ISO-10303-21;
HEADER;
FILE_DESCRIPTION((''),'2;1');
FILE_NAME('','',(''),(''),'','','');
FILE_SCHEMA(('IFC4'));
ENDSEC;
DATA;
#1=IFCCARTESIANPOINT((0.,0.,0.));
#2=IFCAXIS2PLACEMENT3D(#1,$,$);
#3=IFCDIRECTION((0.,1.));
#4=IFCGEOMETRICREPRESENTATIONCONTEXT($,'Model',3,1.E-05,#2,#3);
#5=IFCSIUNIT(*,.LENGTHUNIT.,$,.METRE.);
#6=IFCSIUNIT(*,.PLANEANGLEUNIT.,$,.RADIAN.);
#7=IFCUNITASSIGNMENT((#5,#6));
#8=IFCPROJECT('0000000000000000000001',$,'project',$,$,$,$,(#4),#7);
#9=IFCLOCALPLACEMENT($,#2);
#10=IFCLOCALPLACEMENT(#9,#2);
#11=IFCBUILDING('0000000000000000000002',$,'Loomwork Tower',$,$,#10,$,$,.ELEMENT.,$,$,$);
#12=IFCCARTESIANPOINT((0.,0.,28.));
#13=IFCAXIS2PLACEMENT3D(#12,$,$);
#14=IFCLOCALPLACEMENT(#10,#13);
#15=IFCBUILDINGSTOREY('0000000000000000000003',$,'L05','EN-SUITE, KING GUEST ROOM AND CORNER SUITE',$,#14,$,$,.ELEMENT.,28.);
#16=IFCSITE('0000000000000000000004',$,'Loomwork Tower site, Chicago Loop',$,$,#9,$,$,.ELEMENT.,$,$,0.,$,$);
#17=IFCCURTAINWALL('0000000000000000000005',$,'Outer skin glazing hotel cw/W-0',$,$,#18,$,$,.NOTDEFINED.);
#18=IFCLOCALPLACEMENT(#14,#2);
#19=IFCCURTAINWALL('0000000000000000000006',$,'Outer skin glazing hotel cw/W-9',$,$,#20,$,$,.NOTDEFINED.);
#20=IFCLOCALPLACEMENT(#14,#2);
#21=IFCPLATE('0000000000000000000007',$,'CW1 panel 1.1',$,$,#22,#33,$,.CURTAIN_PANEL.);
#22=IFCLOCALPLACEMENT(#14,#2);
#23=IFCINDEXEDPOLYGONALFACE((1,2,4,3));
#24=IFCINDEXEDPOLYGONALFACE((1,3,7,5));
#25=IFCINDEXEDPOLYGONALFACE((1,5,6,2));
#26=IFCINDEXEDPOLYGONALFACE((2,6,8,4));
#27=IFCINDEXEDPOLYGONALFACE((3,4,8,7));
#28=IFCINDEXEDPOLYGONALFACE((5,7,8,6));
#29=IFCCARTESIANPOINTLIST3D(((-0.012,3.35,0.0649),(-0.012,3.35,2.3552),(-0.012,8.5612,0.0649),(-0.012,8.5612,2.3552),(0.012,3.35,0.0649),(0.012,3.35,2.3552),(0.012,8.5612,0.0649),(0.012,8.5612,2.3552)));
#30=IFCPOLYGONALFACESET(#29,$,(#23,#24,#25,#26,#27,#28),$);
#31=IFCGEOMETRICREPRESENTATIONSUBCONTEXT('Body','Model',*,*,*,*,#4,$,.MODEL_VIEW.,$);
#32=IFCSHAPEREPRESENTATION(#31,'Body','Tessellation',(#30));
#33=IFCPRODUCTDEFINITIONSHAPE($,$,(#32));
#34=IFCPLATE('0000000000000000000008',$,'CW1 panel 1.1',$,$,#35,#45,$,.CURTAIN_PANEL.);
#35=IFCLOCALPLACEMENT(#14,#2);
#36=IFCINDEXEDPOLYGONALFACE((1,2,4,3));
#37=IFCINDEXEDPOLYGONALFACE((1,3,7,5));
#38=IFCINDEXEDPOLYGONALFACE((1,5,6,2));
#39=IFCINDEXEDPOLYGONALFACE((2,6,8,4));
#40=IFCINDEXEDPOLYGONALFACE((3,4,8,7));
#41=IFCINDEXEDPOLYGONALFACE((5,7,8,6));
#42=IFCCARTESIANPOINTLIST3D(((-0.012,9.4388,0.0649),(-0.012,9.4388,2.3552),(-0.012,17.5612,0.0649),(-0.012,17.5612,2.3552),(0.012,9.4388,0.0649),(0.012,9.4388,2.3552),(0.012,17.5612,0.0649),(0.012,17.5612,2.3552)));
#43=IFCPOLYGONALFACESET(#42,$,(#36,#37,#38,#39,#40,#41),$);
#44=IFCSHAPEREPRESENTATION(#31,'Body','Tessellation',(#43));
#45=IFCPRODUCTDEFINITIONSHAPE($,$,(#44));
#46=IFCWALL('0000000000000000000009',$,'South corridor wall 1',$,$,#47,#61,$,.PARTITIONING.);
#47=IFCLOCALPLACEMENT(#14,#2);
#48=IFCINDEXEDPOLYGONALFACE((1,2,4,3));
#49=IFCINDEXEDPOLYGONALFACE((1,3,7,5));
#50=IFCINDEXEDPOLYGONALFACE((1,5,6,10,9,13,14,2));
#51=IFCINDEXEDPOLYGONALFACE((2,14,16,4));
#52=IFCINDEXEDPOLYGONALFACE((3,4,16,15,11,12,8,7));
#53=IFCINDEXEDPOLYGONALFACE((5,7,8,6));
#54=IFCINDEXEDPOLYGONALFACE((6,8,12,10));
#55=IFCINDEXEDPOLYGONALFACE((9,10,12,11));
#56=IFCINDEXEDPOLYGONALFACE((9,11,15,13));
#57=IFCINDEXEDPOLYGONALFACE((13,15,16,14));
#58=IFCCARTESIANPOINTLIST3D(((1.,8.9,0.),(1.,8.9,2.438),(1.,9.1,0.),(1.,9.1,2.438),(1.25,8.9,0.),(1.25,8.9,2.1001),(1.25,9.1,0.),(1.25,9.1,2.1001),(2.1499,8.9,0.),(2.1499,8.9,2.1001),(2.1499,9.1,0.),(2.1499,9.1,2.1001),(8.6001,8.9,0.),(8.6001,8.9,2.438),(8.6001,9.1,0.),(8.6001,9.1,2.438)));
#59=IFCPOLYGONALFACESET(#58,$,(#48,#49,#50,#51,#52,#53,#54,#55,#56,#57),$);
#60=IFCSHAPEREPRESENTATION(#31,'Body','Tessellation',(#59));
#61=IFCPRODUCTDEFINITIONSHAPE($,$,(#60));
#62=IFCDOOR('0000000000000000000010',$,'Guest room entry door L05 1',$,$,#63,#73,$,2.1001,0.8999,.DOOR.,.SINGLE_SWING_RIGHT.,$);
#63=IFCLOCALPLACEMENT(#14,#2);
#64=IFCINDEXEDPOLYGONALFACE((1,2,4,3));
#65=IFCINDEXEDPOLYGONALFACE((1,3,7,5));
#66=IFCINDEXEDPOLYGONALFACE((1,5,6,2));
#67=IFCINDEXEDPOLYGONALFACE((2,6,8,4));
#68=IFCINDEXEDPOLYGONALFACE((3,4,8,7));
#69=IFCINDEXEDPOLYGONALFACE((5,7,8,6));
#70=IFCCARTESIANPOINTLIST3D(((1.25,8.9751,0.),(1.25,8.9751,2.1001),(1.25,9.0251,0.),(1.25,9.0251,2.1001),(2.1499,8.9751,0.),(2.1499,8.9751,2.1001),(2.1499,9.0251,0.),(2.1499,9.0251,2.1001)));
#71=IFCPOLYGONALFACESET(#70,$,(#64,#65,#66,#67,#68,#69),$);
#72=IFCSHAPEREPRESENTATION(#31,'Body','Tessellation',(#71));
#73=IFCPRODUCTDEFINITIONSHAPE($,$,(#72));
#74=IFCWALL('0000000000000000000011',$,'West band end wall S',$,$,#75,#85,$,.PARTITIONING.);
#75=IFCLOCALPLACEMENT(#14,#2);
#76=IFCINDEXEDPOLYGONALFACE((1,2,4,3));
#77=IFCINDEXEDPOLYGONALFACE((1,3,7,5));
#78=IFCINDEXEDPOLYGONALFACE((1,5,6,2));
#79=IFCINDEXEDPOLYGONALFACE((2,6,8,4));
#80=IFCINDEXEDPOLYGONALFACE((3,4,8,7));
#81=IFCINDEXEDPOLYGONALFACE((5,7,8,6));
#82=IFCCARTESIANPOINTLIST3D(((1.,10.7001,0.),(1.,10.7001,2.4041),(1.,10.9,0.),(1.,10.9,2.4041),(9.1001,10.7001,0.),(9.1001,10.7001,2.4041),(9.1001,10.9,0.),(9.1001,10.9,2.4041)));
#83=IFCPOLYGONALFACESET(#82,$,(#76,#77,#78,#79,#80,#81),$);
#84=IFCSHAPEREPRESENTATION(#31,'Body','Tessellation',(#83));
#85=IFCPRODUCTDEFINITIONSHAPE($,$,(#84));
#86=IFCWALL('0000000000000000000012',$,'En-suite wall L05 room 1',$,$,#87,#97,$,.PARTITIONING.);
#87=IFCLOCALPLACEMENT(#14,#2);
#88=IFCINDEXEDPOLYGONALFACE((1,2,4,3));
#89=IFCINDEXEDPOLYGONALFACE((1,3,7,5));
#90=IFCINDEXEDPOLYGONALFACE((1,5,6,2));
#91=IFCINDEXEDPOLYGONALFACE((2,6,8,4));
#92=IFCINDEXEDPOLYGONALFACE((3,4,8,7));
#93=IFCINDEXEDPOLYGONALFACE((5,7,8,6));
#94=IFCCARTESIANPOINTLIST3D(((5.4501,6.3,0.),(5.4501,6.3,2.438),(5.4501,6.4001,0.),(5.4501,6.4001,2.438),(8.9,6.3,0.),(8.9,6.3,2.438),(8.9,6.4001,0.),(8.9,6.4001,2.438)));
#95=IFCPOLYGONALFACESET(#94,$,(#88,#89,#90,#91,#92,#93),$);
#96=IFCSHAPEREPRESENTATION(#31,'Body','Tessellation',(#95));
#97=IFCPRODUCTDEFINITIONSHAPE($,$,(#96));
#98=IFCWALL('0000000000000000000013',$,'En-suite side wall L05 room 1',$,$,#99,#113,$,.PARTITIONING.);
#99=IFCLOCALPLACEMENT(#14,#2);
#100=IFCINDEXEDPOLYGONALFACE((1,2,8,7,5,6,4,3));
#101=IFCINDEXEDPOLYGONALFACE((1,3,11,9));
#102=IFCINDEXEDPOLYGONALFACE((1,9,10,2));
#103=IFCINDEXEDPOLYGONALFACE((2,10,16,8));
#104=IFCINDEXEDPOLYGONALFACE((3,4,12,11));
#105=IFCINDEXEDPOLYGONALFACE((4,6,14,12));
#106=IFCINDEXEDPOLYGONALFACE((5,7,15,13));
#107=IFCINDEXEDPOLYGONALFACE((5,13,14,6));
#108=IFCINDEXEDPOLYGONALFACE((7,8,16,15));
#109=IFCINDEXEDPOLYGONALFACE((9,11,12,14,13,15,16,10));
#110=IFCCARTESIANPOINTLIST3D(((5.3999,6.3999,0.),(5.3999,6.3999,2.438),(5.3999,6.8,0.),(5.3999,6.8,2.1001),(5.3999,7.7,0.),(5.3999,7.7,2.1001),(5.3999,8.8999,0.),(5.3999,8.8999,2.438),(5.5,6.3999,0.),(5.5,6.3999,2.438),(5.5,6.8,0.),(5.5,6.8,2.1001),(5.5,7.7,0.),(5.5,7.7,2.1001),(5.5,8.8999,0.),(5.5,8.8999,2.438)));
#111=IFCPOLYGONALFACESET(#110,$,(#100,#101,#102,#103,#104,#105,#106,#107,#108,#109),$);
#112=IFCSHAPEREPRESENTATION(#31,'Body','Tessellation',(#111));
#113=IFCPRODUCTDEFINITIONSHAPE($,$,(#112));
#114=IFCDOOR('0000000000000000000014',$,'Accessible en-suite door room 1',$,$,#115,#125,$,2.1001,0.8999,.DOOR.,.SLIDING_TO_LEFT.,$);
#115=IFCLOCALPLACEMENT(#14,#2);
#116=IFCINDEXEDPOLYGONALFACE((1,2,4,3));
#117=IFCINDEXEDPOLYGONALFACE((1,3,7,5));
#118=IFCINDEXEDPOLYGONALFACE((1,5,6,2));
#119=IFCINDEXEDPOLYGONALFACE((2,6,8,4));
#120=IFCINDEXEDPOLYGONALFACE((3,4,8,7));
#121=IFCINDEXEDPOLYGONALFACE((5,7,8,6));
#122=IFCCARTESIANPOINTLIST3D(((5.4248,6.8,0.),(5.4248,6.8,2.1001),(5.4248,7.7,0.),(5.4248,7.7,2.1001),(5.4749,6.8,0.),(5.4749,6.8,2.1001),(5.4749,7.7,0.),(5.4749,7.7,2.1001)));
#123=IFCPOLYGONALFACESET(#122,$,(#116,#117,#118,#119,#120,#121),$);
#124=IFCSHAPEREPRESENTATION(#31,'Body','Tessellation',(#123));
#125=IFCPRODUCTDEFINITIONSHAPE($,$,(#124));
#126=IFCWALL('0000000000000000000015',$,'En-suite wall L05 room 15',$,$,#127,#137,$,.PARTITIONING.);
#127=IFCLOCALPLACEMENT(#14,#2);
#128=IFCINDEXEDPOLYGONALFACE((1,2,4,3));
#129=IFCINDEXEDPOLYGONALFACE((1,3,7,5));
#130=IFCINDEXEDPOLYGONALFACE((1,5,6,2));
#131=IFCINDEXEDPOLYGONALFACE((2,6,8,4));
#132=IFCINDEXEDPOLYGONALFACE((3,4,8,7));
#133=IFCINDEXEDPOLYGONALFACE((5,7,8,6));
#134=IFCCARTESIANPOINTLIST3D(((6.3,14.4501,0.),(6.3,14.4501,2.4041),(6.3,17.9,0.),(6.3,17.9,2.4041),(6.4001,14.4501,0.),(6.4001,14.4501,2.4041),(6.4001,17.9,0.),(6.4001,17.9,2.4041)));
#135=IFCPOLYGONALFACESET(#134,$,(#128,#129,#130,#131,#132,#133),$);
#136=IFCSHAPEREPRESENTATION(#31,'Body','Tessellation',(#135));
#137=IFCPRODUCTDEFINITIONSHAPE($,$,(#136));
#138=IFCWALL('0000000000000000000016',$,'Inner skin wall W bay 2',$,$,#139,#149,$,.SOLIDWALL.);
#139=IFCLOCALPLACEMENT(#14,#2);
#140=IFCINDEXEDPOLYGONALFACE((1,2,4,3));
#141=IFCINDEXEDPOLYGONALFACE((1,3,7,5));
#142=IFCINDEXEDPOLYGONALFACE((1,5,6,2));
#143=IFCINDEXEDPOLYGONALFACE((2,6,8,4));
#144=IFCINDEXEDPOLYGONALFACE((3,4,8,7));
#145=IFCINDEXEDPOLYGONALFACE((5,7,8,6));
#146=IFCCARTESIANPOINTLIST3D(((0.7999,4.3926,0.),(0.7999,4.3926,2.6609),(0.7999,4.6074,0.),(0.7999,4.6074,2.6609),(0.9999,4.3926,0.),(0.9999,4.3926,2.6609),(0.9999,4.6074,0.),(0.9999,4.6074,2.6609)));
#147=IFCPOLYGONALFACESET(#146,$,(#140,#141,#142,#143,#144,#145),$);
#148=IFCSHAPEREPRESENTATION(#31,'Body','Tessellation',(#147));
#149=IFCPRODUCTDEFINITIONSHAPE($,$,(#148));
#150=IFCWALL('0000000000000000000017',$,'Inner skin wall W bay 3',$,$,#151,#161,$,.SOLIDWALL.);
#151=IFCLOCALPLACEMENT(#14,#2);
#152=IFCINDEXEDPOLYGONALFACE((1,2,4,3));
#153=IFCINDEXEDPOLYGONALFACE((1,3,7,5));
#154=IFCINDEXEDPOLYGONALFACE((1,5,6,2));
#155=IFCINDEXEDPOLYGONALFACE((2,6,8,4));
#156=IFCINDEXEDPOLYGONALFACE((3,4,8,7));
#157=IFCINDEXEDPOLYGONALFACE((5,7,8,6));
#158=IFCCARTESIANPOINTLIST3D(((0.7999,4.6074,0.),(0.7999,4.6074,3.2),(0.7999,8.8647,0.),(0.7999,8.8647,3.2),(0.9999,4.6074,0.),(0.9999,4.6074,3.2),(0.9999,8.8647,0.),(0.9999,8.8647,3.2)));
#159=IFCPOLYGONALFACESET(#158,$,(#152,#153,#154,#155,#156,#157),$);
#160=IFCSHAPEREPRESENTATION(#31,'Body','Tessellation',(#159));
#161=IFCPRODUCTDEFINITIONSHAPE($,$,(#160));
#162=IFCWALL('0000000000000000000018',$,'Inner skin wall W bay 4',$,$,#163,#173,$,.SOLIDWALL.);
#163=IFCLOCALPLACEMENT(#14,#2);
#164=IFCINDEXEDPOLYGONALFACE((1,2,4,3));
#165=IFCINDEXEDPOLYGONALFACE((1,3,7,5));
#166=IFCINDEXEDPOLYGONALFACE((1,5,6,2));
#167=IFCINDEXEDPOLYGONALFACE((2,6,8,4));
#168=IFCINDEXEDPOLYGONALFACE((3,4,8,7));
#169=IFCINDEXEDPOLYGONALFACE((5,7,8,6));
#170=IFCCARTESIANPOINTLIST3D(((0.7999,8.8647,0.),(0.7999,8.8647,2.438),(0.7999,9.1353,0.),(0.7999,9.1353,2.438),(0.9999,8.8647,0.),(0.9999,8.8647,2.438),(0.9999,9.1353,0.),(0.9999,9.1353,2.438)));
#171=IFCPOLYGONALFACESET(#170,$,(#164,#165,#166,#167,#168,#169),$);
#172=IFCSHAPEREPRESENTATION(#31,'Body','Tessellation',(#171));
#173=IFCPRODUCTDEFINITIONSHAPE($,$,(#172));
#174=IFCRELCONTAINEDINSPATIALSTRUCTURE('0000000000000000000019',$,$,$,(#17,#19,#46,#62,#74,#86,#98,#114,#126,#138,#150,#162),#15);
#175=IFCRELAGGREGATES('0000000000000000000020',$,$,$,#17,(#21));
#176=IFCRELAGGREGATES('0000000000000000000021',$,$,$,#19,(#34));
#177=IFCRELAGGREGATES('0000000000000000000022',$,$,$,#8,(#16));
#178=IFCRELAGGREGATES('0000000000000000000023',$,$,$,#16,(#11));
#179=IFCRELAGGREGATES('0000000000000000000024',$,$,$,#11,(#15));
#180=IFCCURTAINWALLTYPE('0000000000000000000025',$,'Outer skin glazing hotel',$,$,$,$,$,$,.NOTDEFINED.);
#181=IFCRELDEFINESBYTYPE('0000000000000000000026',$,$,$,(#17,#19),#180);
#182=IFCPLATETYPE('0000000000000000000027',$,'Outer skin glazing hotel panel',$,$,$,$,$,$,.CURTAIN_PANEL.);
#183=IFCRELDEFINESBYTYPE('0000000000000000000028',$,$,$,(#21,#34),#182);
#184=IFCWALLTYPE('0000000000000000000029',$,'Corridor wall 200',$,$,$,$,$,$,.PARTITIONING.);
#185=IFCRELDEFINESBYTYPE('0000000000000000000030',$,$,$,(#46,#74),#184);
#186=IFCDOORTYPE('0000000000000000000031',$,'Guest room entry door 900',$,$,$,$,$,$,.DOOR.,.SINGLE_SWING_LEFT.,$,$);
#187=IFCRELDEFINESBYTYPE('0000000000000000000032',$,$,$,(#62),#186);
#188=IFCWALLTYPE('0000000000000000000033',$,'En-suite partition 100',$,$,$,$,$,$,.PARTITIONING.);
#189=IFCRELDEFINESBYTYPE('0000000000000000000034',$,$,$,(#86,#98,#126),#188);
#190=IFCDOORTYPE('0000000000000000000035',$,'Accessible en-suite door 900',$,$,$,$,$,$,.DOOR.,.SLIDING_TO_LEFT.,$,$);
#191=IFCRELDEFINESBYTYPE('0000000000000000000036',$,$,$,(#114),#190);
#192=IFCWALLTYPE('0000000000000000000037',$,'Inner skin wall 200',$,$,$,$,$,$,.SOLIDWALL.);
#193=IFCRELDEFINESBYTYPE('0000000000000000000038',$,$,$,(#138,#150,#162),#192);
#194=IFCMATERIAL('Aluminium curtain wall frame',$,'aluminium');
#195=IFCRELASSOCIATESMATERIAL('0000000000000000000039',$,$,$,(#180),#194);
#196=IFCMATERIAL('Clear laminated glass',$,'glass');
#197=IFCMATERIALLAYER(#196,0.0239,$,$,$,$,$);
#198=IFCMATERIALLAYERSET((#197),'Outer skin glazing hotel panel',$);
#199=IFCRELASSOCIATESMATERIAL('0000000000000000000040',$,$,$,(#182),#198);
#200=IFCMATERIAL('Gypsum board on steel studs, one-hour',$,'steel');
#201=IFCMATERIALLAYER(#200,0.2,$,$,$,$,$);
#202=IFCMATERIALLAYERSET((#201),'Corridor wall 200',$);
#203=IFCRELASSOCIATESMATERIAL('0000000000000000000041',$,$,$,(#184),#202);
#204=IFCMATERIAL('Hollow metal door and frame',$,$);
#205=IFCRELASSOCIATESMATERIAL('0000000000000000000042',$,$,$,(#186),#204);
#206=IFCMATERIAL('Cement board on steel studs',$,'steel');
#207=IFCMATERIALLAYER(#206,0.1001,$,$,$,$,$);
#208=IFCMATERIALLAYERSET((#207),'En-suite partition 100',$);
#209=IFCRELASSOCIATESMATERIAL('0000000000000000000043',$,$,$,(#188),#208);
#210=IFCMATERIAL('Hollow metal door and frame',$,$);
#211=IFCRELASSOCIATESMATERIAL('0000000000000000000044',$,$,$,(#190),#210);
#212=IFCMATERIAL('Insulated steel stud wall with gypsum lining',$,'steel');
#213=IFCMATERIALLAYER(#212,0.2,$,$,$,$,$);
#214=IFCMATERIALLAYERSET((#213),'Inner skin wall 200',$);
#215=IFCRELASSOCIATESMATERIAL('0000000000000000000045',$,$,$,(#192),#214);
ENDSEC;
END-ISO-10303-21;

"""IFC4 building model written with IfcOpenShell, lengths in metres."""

from ifc_helpers import new_model, si_unit, direction, frame, frame_2d, origin, origin_2d, place, context, subcontext, project, spatial, rectangle, extrude, material, layer, layer_set, type_object, element, fill, aggregate, save


model = new_model("IFC4")

# Units and contexts
model_context = context("Model", 3, precision=1e-05, world=origin(), true_north=direction((0.0, 1.0)))
body_context = subcontext(model_context, "Body", "Model", "MODEL_VIEW")
ifc_project = project(units=[si_unit("LENGTHUNIT", "METRE"), si_unit("PLANEANGLEUNIT", "RADIAN")], contexts=[model_context])

# Site, building, storey
site_placement = place(None, origin())
site = spatial("IfcSite", under=ifc_project, at=site_placement, Name="Loomwork Tower site, Chicago Loop", CompositionType="ELEMENT", RefElevation=0.0)
building_placement = place(site_placement, origin())
building = spatial("IfcBuilding", under=site, at=building_placement, Name="Loomwork Tower", CompositionType="ELEMENT")
storey_placement = place(building_placement, frame((0.0, 0.0, 28.0)))
storey = spatial("IfcBuildingStorey", under=building, at=storey_placement, Name="L05", Description="EN-SUITE, KING GUEST ROOM AND CORNER SUITE", CompositionType="ELEMENT", Elevation=28.0)

# Curtain wall
ifc_material_1 = material(Name="Aluminium curtain wall frame", Category="aluminium")
curtain_wall_type = type_object("IfcCurtainWallType", Name="Outer skin glazing hotel", PredefinedType="NOTDEFINED", material=ifc_material_1)
curtain_wall_1_placement = place(storey_placement, origin())
curtain_wall_1 = element("IfcCurtainWall", 1, at=curtain_wall_1_placement, inside=storey, type_object=curtain_wall_type, Name="Outer skin glazing hotel cw/W-0", PredefinedType="NOTDEFINED")

# Curtain wall
curtain_wall_2_placement = place(storey_placement, origin())
curtain_wall_2 = element("IfcCurtainWall", 2, at=curtain_wall_2_placement, inside=storey, type_object=curtain_wall_type, Name="Outer skin glazing hotel cw/W-9", PredefinedType="NOTDEFINED")

# Plates
ifc_material_2 = material(Name="Clear laminated glass", Category="glass")
ifc_layer_1 = layer(ifc_material_2, 0.0239)
ifc_layer_set_1 = layer_set([ifc_layer_1], Name="Outer skin glazing hotel panel")
plate_type = type_object("IfcPlateType", Name="Outer skin glazing hotel panel", PredefinedType="CURTAIN_PANEL", material=ifc_layer_set_1)
plate_1_placement = place(storey_placement, frame((0.0, 5.9556, 0.0649), z_axis=(0.0, 0.0, 1.0), x_axis=(0.0, -1.0, 0.0)))
plate_1 = element("IfcPlate", 3, at=plate_1_placement, type_object=plate_type, Name="CW1 panel 1.1", PredefinedType="CURTAIN_PANEL", context=body_context, shape_type="SweptSolid", body=[
    extrude(rectangle(XDim=5.2112, YDim=0.0239, at=origin_2d()), origin(), (0.0, 0.0, 1.0), 2.2903),
])
aggregate(curtain_wall_1, [plate_1])
plate_2_placement = place(storey_placement, frame((0.0, 13.5, 0.0649), z_axis=(0.0, 0.0, 1.0), x_axis=(0.0, -1.0, 0.0)))
plate_2 = element("IfcPlate", 4, at=plate_2_placement, type_object=plate_type, Name="CW1 panel 1.1", PredefinedType="CURTAIN_PANEL", context=body_context, shape_type="SweptSolid", body=[
    extrude(rectangle(XDim=8.1223, YDim=0.0239, at=origin_2d()), origin(), (0.0, 0.0, 1.0), 2.2903),
])
aggregate(curtain_wall_2, [plate_2])

# Wall, opening, door
ifc_material_3 = material(Name="Gypsum board on steel studs, one-hour", Category="steel")
ifc_layer_2 = layer(ifc_material_3, 0.2)
ifc_layer_set_2 = layer_set([ifc_layer_2], Name="Corridor wall 200")
wall_type_1 = type_object("IfcWallType", Name="Corridor wall 200", PredefinedType="PARTITIONING", material=ifc_layer_set_2)
wall_1_placement = place(storey_placement, frame((1.0, 9.0, 0.0), z_axis=(0.0, 0.0, 1.0), x_axis=(1.0, 0.0, 0.0)))
wall_1 = element("IfcWall", 5, at=wall_1_placement, inside=storey, type_object=wall_type_1, Name="South corridor wall 1", PredefinedType="PARTITIONING", context=body_context, shape_type="SweptSolid", body=[
    extrude(rectangle(XDim=7.6001, YDim=0.2, at=frame_2d((3.8, 0.0))), origin(), (0.0, 0.0, 1.0), 2.438),
])
opening_1_placement = place(wall_1_placement, frame((0.25, 0.0, 0.0)))
opening_1 = element("IfcOpeningElement", 6, at=opening_1_placement, cuts=wall_1, PredefinedType="OPENING", context=body_context, shape_type="SweptSolid", body=[
    extrude(rectangle(XDim=0.8999, YDim=2.1001, at=frame_2d((0.45, 1.05))), frame((0.0, 0.1099, 0.0), z_axis=(0.0, -1.0, 0.0), x_axis=(1.0, 0.0, 0.0)), (0.0, 0.0, 1.0), 0.22),
])
ifc_material_4 = material(Name="Hollow metal door and frame")
door_type_1 = type_object("IfcDoorType", Name="Guest room entry door 900", OperationType="SINGLE_SWING_LEFT", PredefinedType="DOOR", material=ifc_material_4)
door_1_placement = place(opening_1_placement, frame((0.8999, 0.0, 0.0), z_axis=(0.0, 0.0, 1.0), x_axis=(-1.0, 0.0, 0.0)))
door_1 = element("IfcDoor", 7, at=door_1_placement, inside=storey, type_object=door_type_1, Name="Guest room entry door L05 1", OperationType="SINGLE_SWING_RIGHT", OverallHeight=2.1001, OverallWidth=0.8999, PredefinedType="DOOR", context=body_context, shape_type="SweptSolid", body=[
    extrude(rectangle(XDim=0.8999, YDim=2.1001, at=frame_2d((0.45, 1.05))), frame((0.0, 0.0249, 0.0), z_axis=(0.0, -1.0, 0.0), x_axis=(1.0, 0.0, 0.0)), (0.0, 0.0, 1.0), 0.05),
])
fill(opening_1, door_1)

# Walls
wall_2_placement = place(storey_placement, frame((1.0, 10.8, 0.0), z_axis=(0.0, 0.0, 1.0), x_axis=(1.0, 0.0, 0.0)))
element("IfcWall", 8, at=wall_2_placement, inside=storey, type_object=wall_type_1, Name="West band end wall S", PredefinedType="PARTITIONING", context=body_context, shape_type="SweptSolid", body=[
    extrude(rectangle(XDim=8.1001, YDim=0.2, at=frame_2d((4.05, 0.0))), origin(), (0.0, 0.0, 1.0), 2.4041),
])
ifc_material_5 = material(Name="Cement board on steel studs", Category="steel")
ifc_layer_3 = layer(ifc_material_5, 0.1001)
ifc_layer_set_3 = layer_set([ifc_layer_3], Name="En-suite partition 100")
wall_type_2 = type_object("IfcWallType", Name="En-suite partition 100", PredefinedType="PARTITIONING", material=ifc_layer_set_3)
wall_3_placement = place(storey_placement, frame((5.45, 6.3501, 0.0), z_axis=(0.0, 0.0, 1.0), x_axis=(1.0, 0.0, 0.0)))
element("IfcWall", 9, at=wall_3_placement, inside=storey, type_object=wall_type_2, Name="En-suite wall L05 room 1", PredefinedType="PARTITIONING", context=body_context, shape_type="SweptSolid", body=[
    extrude(rectangle(XDim=3.45, YDim=0.1001, at=frame_2d((1.7251, 0.0))), origin(), (0.0, 0.0, 1.0), 2.438),
])

# Wall, opening, door
wall_4_placement = place(storey_placement, frame((5.45, 8.8999, 0.0), z_axis=(0.0, 0.0, 1.0), x_axis=(0.0, -1.0, 0.0)))
wall_4 = element("IfcWall", 10, at=wall_4_placement, inside=storey, type_object=wall_type_2, Name="En-suite side wall L05 room 1", PredefinedType="PARTITIONING", context=body_context, shape_type="SweptSolid", body=[
    extrude(rectangle(XDim=2.5, YDim=0.1001, at=frame_2d((1.25, 0.0))), origin(), (0.0, 0.0, 1.0), 2.438),
])
opening_2_placement = place(wall_4_placement, frame((1.2, 0.0, 0.0)))
opening_2 = element("IfcOpeningElement", 11, at=opening_2_placement, cuts=wall_4, PredefinedType="OPENING", context=body_context, shape_type="SweptSolid", body=[
    extrude(rectangle(XDim=0.8999, YDim=2.1001, at=frame_2d((0.45, 1.05))), frame((0.0, 0.0601, 0.0), z_axis=(0.0, -1.0, 0.0), x_axis=(1.0, 0.0, 0.0)), (0.0, 0.0, 1.0), 0.1201),
])
ifc_material_6 = material(Name="Hollow metal door and frame")
door_type_2 = type_object("IfcDoorType", Name="Accessible en-suite door 900", OperationType="SLIDING_TO_LEFT", PredefinedType="DOOR", material=ifc_material_6)
door_2_placement = place(opening_2_placement, origin())
door_2 = element("IfcDoor", 12, at=door_2_placement, inside=storey, type_object=door_type_2, Name="Accessible en-suite door room 1", OperationType="SLIDING_TO_LEFT", OverallHeight=2.1001, OverallWidth=0.8999, PredefinedType="DOOR", context=body_context, shape_type="SweptSolid", body=[
    extrude(rectangle(XDim=0.8999, YDim=2.1001, at=frame_2d((0.45, 1.05))), frame((0.0, 0.0249, 0.0), z_axis=(0.0, -1.0, 0.0), x_axis=(1.0, 0.0, 0.0)), (0.0, 0.0, 1.0), 0.05),
])
fill(opening_2, door_2)

# Walls
wall_5_placement = place(storey_placement, frame((6.3501, 14.45, 0.0), z_axis=(0.0, 0.0, 1.0), x_axis=(0.0, 1.0, 0.0)))
element("IfcWall", 13, at=wall_5_placement, inside=storey, type_object=wall_type_2, Name="En-suite wall L05 room 15", PredefinedType="PARTITIONING", context=body_context, shape_type="SweptSolid", body=[
    extrude(rectangle(XDim=3.45, YDim=0.1001, at=frame_2d((1.7251, 0.0))), origin(), (0.0, 0.0, 1.0), 2.4041),
])
ifc_material_7 = material(Name="Insulated steel stud wall with gypsum lining", Category="steel")
ifc_layer_4 = layer(ifc_material_7, 0.2)
ifc_layer_set_4 = layer_set([ifc_layer_4], Name="Inner skin wall 200")
wall_type_3 = type_object("IfcWallType", Name="Inner skin wall 200", PredefinedType="SOLIDWALL", material=ifc_layer_set_4)
wall_6_placement = place(storey_placement, frame((0.8999, 4.3926, 0.0), z_axis=(0.0, 0.0, 1.0), x_axis=(0.0, 1.0, 0.0)))
element("IfcWall", 14, at=wall_6_placement, inside=storey, type_object=wall_type_3, Name="Inner skin wall W bay 2", PredefinedType="SOLIDWALL", context=body_context, shape_type="SweptSolid", body=[
    extrude(rectangle(XDim=0.2148, YDim=0.2, at=frame_2d((0.1074, 0.0))), origin(), (0.0, 0.0, 1.0), 2.6609),
])
wall_7_placement = place(storey_placement, frame((0.8999, 4.6074, 0.0), z_axis=(0.0, 0.0, 1.0), x_axis=(0.0, 1.0, 0.0)))
element("IfcWall", 15, at=wall_7_placement, inside=storey, type_object=wall_type_3, Name="Inner skin wall W bay 3", PredefinedType="SOLIDWALL", context=body_context, shape_type="SweptSolid", body=[
    extrude(rectangle(XDim=4.2573, YDim=0.2, at=frame_2d((2.1287, 0.0))), origin(), (0.0, 0.0, 1.0), 3.2),
])
wall_8_placement = place(storey_placement, frame((0.8999, 8.8647, 0.0), z_axis=(0.0, 0.0, 1.0), x_axis=(0.0, 1.0, 0.0)))
element("IfcWall", 16, at=wall_8_placement, inside=storey, type_object=wall_type_3, Name="Inner skin wall W bay 4", PredefinedType="SOLIDWALL", context=body_context, shape_type="SweptSolid", body=[
    extrude(rectangle(XDim=0.2705, YDim=0.2, at=frame_2d((0.1353, 0.0))), origin(), (0.0, 0.0, 1.0), 2.438),
])

save(model, "model.ifc")
